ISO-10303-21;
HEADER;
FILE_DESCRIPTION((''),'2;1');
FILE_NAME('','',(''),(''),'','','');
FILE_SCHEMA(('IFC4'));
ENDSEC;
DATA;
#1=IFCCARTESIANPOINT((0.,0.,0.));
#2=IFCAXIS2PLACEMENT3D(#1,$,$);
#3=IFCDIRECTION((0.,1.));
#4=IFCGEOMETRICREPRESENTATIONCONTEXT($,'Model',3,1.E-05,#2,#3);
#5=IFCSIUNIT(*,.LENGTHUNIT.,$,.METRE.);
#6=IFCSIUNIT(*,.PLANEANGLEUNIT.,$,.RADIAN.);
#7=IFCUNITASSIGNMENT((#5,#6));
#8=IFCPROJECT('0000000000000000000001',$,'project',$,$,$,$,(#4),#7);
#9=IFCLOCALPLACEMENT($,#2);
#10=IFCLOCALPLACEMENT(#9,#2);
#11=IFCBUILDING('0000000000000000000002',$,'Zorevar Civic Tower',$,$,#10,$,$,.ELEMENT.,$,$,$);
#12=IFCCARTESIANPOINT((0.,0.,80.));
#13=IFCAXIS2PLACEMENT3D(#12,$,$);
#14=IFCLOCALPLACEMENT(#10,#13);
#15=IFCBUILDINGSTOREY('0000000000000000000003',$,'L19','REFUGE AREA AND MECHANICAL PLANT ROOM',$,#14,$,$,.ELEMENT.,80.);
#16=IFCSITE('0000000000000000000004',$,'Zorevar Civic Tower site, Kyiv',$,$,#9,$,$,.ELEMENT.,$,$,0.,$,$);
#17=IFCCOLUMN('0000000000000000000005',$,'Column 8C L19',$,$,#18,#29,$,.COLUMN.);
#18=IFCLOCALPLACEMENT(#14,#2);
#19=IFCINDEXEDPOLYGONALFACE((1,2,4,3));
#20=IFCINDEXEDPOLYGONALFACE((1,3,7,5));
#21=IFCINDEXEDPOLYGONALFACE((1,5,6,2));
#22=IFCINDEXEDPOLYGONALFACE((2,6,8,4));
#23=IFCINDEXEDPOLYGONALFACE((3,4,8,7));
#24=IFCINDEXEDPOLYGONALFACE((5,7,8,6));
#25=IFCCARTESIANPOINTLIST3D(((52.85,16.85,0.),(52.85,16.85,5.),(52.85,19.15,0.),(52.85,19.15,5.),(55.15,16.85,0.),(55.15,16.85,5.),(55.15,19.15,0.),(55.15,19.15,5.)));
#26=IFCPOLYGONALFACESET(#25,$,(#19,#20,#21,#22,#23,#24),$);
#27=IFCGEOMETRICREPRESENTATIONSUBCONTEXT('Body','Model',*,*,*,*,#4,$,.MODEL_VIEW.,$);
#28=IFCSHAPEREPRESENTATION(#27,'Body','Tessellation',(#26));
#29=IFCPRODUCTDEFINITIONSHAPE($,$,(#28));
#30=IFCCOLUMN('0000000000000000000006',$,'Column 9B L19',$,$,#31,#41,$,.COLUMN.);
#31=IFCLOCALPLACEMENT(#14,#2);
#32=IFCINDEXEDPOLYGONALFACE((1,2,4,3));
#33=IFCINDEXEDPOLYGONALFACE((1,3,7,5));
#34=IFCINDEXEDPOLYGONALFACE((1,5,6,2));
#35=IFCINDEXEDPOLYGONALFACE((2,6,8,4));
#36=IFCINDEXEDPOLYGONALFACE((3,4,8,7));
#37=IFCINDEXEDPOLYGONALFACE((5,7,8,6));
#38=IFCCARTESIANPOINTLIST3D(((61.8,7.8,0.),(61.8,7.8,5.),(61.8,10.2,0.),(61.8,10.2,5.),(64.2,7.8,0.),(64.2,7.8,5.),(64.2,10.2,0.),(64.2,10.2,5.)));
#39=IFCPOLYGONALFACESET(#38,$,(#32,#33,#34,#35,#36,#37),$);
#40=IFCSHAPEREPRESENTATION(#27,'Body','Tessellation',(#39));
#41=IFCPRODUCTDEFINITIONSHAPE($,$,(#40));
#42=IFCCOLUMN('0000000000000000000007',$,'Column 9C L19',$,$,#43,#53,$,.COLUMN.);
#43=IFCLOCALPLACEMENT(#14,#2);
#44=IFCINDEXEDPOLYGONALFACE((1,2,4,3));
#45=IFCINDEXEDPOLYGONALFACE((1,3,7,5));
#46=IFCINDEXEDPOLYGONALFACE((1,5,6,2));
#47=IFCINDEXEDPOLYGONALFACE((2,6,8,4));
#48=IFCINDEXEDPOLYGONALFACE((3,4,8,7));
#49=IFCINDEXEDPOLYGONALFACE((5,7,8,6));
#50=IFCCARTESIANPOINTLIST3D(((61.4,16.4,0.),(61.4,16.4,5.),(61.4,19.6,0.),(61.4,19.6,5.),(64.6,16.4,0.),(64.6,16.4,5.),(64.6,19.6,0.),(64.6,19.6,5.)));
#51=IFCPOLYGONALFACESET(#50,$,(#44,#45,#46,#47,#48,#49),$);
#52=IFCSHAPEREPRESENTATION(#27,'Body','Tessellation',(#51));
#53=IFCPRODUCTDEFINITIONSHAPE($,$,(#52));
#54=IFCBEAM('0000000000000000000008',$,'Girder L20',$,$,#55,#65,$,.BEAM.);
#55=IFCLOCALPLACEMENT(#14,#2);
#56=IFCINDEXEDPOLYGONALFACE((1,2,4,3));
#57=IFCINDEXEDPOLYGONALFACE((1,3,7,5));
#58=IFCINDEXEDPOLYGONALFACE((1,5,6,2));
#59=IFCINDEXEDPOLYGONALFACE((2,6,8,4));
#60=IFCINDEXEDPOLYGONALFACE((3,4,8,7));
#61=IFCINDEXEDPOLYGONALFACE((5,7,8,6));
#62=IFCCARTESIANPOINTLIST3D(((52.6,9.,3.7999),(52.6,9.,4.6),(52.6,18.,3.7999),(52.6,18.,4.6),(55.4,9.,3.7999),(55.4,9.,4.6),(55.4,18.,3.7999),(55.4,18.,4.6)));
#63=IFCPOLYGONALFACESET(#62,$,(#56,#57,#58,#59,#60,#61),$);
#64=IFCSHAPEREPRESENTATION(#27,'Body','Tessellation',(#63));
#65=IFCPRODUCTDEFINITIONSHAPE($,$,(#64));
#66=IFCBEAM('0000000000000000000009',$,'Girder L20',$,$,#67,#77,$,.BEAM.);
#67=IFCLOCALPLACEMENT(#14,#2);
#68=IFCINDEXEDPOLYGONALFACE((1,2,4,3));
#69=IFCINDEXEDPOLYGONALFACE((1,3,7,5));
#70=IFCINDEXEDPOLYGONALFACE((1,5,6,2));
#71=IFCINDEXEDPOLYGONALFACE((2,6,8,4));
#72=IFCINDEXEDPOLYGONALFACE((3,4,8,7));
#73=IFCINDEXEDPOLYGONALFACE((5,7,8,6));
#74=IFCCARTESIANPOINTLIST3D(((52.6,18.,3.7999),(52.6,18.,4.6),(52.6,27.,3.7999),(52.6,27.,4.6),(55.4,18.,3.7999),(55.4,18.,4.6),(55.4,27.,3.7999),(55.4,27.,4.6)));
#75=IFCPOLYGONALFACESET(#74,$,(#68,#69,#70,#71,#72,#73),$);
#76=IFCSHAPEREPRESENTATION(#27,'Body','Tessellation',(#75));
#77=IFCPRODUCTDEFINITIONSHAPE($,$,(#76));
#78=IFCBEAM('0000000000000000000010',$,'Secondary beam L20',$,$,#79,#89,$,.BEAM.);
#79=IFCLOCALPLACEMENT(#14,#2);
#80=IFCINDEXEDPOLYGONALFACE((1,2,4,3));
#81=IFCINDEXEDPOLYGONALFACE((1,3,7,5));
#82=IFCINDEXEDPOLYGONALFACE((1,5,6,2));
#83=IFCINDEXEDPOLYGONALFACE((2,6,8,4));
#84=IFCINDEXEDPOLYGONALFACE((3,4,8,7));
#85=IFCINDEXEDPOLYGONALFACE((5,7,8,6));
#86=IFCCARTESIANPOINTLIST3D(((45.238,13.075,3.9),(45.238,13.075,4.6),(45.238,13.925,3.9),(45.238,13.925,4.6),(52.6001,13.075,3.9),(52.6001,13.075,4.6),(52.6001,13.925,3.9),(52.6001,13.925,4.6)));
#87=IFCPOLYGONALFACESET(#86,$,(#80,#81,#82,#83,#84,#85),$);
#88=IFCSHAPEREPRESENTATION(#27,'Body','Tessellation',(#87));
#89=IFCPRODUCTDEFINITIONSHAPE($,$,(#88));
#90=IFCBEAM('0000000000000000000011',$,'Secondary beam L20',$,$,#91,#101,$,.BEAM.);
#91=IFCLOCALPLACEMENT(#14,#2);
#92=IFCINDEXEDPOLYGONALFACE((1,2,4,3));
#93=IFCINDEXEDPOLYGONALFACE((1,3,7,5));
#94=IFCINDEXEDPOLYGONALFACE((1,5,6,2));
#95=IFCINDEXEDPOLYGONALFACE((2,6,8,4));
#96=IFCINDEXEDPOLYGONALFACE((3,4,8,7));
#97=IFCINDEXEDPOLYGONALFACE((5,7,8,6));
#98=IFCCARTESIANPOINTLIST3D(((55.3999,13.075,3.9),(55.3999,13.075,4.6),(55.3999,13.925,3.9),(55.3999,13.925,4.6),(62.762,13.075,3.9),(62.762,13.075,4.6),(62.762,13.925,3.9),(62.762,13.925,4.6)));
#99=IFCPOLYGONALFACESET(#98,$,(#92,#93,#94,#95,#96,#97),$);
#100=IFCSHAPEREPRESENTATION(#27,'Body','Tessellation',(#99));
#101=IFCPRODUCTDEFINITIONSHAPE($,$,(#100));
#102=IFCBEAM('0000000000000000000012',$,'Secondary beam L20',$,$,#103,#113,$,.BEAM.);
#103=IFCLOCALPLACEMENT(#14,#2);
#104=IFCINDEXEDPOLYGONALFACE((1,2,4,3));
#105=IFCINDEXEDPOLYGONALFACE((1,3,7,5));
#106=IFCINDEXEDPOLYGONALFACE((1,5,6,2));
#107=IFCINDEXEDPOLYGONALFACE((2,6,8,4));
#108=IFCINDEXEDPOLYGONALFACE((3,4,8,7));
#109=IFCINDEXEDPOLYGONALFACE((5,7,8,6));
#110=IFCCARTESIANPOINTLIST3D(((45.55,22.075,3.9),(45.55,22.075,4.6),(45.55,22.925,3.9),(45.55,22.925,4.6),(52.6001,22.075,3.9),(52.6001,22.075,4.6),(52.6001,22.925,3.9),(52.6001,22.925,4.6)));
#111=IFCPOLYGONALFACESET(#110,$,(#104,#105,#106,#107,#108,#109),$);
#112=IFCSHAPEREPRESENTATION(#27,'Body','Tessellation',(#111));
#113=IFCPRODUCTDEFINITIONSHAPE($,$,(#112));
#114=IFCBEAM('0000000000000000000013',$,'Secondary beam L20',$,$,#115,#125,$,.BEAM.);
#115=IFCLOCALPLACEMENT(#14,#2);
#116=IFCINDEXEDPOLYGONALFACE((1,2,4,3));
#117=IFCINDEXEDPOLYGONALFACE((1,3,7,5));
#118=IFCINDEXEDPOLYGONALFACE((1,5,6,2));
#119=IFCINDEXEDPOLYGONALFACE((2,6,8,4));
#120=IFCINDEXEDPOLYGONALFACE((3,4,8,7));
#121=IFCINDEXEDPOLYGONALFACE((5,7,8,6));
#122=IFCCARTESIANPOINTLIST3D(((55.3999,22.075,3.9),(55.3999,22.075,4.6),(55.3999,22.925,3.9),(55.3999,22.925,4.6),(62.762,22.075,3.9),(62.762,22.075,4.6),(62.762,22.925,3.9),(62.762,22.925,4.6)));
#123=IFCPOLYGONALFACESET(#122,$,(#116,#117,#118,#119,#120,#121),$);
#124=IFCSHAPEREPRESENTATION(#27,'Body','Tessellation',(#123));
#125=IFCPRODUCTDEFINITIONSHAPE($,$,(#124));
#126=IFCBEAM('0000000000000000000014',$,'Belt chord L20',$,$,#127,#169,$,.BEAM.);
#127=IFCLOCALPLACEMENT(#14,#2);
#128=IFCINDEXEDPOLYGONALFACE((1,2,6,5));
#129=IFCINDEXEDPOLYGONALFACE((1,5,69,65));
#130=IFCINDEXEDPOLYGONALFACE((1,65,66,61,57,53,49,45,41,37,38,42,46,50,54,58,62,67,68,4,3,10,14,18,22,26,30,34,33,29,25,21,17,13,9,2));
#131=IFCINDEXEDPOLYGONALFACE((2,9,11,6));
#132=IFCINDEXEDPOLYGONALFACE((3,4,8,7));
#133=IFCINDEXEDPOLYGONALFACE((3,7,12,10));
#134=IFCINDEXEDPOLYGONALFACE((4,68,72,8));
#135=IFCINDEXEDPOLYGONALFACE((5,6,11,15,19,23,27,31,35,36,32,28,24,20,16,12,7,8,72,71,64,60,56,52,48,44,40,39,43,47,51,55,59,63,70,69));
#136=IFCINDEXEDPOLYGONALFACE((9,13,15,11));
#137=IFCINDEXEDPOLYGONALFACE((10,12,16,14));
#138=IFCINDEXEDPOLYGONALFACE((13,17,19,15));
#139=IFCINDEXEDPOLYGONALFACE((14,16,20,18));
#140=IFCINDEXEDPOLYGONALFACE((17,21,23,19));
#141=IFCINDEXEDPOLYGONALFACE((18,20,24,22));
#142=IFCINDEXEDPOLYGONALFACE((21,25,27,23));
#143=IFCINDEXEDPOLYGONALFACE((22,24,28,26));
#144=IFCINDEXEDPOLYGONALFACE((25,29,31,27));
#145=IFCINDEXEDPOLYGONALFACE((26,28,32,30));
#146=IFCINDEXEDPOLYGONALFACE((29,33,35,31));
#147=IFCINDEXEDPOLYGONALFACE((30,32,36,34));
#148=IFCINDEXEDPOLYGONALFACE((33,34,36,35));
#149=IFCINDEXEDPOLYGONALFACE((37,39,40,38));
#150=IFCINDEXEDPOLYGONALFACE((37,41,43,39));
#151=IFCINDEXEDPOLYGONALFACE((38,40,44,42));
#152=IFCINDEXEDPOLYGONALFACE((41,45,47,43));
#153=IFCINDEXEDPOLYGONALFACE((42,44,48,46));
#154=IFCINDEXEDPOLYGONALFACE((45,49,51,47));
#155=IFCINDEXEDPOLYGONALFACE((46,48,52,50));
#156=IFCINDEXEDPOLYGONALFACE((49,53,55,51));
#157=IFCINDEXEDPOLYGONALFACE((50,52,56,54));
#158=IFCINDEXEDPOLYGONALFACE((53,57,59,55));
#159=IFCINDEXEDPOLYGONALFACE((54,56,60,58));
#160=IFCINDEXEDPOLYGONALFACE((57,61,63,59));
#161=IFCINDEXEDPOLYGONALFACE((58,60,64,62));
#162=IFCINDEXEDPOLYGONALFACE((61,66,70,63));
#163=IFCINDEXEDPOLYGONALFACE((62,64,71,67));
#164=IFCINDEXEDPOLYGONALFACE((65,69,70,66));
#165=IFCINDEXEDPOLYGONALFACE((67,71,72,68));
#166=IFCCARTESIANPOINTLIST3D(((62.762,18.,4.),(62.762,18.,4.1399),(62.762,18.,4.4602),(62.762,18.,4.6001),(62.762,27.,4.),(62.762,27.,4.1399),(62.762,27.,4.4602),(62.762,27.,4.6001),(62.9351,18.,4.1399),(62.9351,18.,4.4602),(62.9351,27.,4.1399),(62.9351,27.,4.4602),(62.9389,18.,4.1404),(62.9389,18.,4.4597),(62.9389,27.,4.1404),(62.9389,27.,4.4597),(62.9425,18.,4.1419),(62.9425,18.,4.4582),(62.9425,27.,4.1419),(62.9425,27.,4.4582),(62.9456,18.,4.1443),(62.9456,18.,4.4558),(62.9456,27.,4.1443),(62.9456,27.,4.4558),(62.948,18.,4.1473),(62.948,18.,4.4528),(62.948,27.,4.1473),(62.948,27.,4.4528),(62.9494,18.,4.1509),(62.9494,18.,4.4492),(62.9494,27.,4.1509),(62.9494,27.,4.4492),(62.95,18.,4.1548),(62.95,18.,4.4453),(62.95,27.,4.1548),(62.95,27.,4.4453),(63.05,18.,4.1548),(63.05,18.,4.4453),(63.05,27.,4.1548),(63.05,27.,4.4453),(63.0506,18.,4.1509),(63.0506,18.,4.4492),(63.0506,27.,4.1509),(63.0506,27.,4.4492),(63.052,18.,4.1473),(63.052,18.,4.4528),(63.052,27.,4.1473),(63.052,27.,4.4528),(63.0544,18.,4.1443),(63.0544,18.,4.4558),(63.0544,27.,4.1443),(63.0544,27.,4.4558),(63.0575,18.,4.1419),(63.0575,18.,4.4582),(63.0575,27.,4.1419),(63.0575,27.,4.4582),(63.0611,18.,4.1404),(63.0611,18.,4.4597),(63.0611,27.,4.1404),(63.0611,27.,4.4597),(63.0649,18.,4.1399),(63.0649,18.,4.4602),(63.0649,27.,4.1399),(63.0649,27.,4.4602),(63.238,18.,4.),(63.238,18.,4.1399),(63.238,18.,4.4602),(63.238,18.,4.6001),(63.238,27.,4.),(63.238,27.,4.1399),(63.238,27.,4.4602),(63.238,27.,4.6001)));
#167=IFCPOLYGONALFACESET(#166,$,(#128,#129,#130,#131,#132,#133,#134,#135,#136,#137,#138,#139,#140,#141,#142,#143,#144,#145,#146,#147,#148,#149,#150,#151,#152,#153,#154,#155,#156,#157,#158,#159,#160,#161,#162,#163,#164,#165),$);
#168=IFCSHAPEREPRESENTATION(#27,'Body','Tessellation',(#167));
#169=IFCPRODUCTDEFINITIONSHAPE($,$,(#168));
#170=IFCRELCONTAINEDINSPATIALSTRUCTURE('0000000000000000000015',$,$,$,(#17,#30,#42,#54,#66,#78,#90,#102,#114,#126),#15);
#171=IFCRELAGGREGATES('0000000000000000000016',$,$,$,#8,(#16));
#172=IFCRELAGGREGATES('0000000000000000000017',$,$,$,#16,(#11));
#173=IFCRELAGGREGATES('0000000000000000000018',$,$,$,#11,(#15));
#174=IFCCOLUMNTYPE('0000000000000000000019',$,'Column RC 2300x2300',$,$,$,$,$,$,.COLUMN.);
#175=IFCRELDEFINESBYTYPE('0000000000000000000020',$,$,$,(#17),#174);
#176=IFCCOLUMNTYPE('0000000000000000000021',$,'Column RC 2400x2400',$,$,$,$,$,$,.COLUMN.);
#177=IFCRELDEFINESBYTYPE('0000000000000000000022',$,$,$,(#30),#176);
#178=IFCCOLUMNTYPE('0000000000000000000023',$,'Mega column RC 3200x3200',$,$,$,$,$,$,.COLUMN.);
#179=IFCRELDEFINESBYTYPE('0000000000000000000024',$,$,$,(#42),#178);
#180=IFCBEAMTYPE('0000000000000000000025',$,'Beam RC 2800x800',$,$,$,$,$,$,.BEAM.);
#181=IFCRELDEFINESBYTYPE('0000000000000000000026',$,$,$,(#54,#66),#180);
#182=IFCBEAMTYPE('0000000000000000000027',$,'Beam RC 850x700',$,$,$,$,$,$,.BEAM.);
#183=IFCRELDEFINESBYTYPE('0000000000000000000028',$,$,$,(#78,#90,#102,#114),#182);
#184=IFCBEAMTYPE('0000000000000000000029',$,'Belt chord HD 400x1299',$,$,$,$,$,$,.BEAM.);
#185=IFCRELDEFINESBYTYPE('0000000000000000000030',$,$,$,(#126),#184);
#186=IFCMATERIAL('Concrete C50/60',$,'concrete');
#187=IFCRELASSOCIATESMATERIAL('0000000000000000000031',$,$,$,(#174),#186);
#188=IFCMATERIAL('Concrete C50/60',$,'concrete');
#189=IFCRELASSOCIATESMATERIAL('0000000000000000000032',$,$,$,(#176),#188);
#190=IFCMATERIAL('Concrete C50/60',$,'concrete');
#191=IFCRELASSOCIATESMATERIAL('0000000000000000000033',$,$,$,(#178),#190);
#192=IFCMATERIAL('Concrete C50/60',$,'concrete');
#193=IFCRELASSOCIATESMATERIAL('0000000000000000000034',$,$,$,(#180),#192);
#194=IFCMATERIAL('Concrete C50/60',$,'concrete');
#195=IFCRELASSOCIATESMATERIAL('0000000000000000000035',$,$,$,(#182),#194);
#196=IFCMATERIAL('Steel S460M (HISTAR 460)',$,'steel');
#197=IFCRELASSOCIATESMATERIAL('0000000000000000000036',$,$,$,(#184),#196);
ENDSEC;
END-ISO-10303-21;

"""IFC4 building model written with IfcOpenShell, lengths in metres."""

from ifc_helpers import new_model, si_unit, direction, frame, origin, origin_2d, place, context, subcontext, project, spatial, rectangle, i_section, extrude, material, material_profile, profile_set, type_object, element, save


model = new_model("IFC4")

# Units and contexts
model_context = context("Model", 3, precision=1e-05, world=origin(), true_north=direction((0.0, 1.0)))
body_context = subcontext(model_context, "Body", "Model", "MODEL_VIEW")
ifc_project = project(units=[si_unit("LENGTHUNIT", "METRE"), si_unit("PLANEANGLEUNIT", "RADIAN")], contexts=[model_context])

# Site, building, storey
site_placement = place(None, origin())
site = spatial("IfcSite", under=ifc_project, at=site_placement, Name="Zorevar Civic Tower site, Kyiv", CompositionType="ELEMENT", RefElevation=0.0)
building_placement = place(site_placement, origin())
building = spatial("IfcBuilding", under=site, at=building_placement, Name="Zorevar Civic Tower", CompositionType="ELEMENT")
storey_placement = place(building_placement, frame((0.0, 0.0, 80.0)))
storey = spatial("IfcBuildingStorey", under=building, at=storey_placement, Name="L19", Description="REFUGE AREA AND MECHANICAL PLANT ROOM", CompositionType="ELEMENT", Elevation=80.0)

# Columns
ifc_material_1 = material(Name="Concrete C50/60", Category="concrete")
ifc_material_profile_1 = material_profile(ifc_material_1, rectangle(XDim=2.3, YDim=2.3, at=origin_2d()), Name="RC 2300x2300")
ifc_profile_set_1 = profile_set([ifc_material_profile_1], Name="Concrete C50/60")
column_type_1 = type_object("IfcColumnType", Name="Column RC 2300x2300", PredefinedType="COLUMN", material=ifc_profile_set_1)
column_1_placement = place(storey_placement, frame((54.0, 18.0, 0.0), z_axis=(0.0, 0.0, 1.0), x_axis=(1.0, 0.0, 0.0)))
element("IfcColumn", 1, at=column_1_placement, inside=storey, type_object=column_type_1, Name="Column 8C L19", PredefinedType="COLUMN", context=body_context, shape_type="SweptSolid", body=[
    extrude(rectangle(XDim=2.3, YDim=2.3, at=origin_2d()), origin(), (0.0, 0.0, 1.0), 5.0),
])
ifc_material_2 = material(Name="Concrete C50/60", Category="concrete")
ifc_material_profile_2 = material_profile(ifc_material_2, rectangle(XDim=2.3999, YDim=2.3999, at=origin_2d()), Name="RC 2400x2400")
ifc_profile_set_2 = profile_set([ifc_material_profile_2], Name="Concrete C50/60")
column_type_2 = type_object("IfcColumnType", Name="Column RC 2400x2400", PredefinedType="COLUMN", material=ifc_profile_set_2)
column_2_placement = place(storey_placement, frame((63.0, 9.0, 0.0), z_axis=(0.0, 0.0, 1.0), x_axis=(1.0, 0.0, 0.0)))
element("IfcColumn", 2, at=column_2_placement, inside=storey, type_object=column_type_2, Name="Column 9B L19", PredefinedType="COLUMN", context=body_context, shape_type="SweptSolid", body=[
    extrude(rectangle(XDim=2.3999, YDim=2.3999, at=origin_2d()), origin(), (0.0, 0.0, 1.0), 5.0),
])
ifc_material_3 = material(Name="Concrete C50/60", Category="concrete")
ifc_material_profile_3 = material_profile(ifc_material_3, rectangle(XDim=3.2, YDim=3.2, at=origin_2d()), Name="RC 3200x3200")
ifc_profile_set_3 = profile_set([ifc_material_profile_3], Name="Concrete C50/60")
column_type_3 = type_object("IfcColumnType", Name="Mega column RC 3200x3200", PredefinedType="COLUMN", material=ifc_profile_set_3)
column_3_placement = place(storey_placement, frame((63.0, 18.0, 0.0), z_axis=(0.0, 0.0, 1.0), x_axis=(1.0, 0.0, 0.0)))
element("IfcColumn", 3, at=column_3_placement, inside=storey, type_object=column_type_3, Name="Column 9C L19", PredefinedType="COLUMN", context=body_context, shape_type="SweptSolid", body=[
    extrude(rectangle(XDim=3.2, YDim=3.2, at=origin_2d()), origin(), (0.0, 0.0, 1.0), 5.0),
])

# Beams
ifc_material_4 = material(Name="Concrete C50/60", Category="concrete")
ifc_material_profile_4 = material_profile(ifc_material_4, rectangle(XDim=2.8, YDim=0.8, at=origin_2d()), Name="RC 2800x800")
ifc_profile_set_4 = profile_set([ifc_material_profile_4], Name="Concrete C50/60")
beam_type_1 = type_object("IfcBeamType", Name="Beam RC 2800x800", PredefinedType="BEAM", material=ifc_profile_set_4)
for number, where, z_axis, x_axis, name in (
    (4, (54.0, 9.0, 4.2), (0.0, 1.0, 0.0), (-1.0, 0.0, 0.0), "Girder L20"),
    (5, (54.0, 18.0, 4.2), (0.0, 1.0, 0.0), (-1.0, 0.0, 0.0), "Girder L20"),
):
    element("IfcBeam", number, at=place(storey_placement, frame(where, z_axis=z_axis, x_axis=x_axis)), inside=storey, type_object=beam_type_1, Name=name, PredefinedType="BEAM", context=body_context, shape_type="SweptSolid", body=[
        extrude(rectangle(XDim=2.8, YDim=0.8, at=origin_2d()), origin(), (0.0, 0.0, 1.0), 9.0),
    ])
ifc_material_5 = material(Name="Concrete C50/60", Category="concrete")
ifc_material_profile_5 = material_profile(ifc_material_5, rectangle(XDim=0.8501, YDim=0.7, at=origin_2d()), Name="RC 850x700")
ifc_profile_set_5 = profile_set([ifc_material_profile_5], Name="Concrete C50/60")
beam_type_2 = type_object("IfcBeamType", Name="Beam RC 850x700", PredefinedType="BEAM", material=ifc_profile_set_5)
for number, where, z_axis, x_axis, name in (
    (6, (45.238, 13.5, 4.25), (1.0, 0.0, 0.0), (0.0, 1.0, 0.0), "Secondary beam L20"),
    (7, (55.3999, 13.5, 4.25), (1.0, 0.0, 0.0), (0.0, 1.0, 0.0), "Secondary beam L20"),
):
    element("IfcBeam", number, at=place(storey_placement, frame(where, z_axis=z_axis, x_axis=x_axis)), inside=storey, type_object=beam_type_2, Name=name, PredefinedType="BEAM", context=body_context, shape_type="SweptSolid", body=[
        extrude(rectangle(XDim=0.8501, YDim=0.7, at=origin_2d()), origin(), (0.0, 0.0, 1.0), 7.3621),
    ])
beam_1_placement = place(storey_placement, frame((45.55, 22.5, 4.25), z_axis=(1.0, 0.0, 0.0), x_axis=(0.0, 1.0, 0.0)))
element("IfcBeam", 8, at=beam_1_placement, inside=storey, type_object=beam_type_2, Name="Secondary beam L20", PredefinedType="BEAM", context=body_context, shape_type="SweptSolid", body=[
    extrude(rectangle(XDim=0.8501, YDim=0.7, at=origin_2d()), origin(), (0.0, 0.0, 1.0), 7.05),
])
beam_2_placement = place(storey_placement, frame((55.3999, 22.5, 4.25), z_axis=(1.0, 0.0, 0.0), x_axis=(0.0, 1.0, 0.0)))
element("IfcBeam", 9, at=beam_2_placement, inside=storey, type_object=beam_type_2, Name="Secondary beam L20", PredefinedType="BEAM", context=body_context, shape_type="SweptSolid", body=[
    extrude(rectangle(XDim=0.8501, YDim=0.7, at=origin_2d()), origin(), (0.0, 0.0, 1.0), 7.3621),
])
ifc_material_6 = material(Name="Steel S460M (HISTAR 460)", Category="steel")
ifc_material_profile_6 = material_profile(ifc_material_6, i_section(OverallWidth=0.4761, OverallDepth=0.6001, WebThickness=0.1001, FlangeThickness=0.1399, FilletRadius=0.0149, at=origin_2d()), Name="HD 400x1299")
ifc_profile_set_6 = profile_set([ifc_material_profile_6], Name="Steel S460M (HISTAR 460)")
beam_type_3 = type_object("IfcBeamType", Name="Belt chord HD 400x1299", PredefinedType="BEAM", material=ifc_profile_set_6)
beam_3_placement = place(storey_placement, frame((63.0, 18.0, 4.3), z_axis=(0.0, 1.0, 0.0), x_axis=(-1.0, 0.0, 0.0)))
element("IfcBeam", 10, at=beam_3_placement, inside=storey, type_object=beam_type_3, Name="Belt chord L20", PredefinedType="BEAM", context=body_context, shape_type="SweptSolid", body=[
    extrude(i_section(OverallWidth=0.4761, OverallDepth=0.6001, WebThickness=0.1001, FlangeThickness=0.1399, FilletRadius=0.0149, at=origin_2d()), origin(), (0.0, 0.0, 1.0), 9.0),
])

save(model, "model.ifc")
